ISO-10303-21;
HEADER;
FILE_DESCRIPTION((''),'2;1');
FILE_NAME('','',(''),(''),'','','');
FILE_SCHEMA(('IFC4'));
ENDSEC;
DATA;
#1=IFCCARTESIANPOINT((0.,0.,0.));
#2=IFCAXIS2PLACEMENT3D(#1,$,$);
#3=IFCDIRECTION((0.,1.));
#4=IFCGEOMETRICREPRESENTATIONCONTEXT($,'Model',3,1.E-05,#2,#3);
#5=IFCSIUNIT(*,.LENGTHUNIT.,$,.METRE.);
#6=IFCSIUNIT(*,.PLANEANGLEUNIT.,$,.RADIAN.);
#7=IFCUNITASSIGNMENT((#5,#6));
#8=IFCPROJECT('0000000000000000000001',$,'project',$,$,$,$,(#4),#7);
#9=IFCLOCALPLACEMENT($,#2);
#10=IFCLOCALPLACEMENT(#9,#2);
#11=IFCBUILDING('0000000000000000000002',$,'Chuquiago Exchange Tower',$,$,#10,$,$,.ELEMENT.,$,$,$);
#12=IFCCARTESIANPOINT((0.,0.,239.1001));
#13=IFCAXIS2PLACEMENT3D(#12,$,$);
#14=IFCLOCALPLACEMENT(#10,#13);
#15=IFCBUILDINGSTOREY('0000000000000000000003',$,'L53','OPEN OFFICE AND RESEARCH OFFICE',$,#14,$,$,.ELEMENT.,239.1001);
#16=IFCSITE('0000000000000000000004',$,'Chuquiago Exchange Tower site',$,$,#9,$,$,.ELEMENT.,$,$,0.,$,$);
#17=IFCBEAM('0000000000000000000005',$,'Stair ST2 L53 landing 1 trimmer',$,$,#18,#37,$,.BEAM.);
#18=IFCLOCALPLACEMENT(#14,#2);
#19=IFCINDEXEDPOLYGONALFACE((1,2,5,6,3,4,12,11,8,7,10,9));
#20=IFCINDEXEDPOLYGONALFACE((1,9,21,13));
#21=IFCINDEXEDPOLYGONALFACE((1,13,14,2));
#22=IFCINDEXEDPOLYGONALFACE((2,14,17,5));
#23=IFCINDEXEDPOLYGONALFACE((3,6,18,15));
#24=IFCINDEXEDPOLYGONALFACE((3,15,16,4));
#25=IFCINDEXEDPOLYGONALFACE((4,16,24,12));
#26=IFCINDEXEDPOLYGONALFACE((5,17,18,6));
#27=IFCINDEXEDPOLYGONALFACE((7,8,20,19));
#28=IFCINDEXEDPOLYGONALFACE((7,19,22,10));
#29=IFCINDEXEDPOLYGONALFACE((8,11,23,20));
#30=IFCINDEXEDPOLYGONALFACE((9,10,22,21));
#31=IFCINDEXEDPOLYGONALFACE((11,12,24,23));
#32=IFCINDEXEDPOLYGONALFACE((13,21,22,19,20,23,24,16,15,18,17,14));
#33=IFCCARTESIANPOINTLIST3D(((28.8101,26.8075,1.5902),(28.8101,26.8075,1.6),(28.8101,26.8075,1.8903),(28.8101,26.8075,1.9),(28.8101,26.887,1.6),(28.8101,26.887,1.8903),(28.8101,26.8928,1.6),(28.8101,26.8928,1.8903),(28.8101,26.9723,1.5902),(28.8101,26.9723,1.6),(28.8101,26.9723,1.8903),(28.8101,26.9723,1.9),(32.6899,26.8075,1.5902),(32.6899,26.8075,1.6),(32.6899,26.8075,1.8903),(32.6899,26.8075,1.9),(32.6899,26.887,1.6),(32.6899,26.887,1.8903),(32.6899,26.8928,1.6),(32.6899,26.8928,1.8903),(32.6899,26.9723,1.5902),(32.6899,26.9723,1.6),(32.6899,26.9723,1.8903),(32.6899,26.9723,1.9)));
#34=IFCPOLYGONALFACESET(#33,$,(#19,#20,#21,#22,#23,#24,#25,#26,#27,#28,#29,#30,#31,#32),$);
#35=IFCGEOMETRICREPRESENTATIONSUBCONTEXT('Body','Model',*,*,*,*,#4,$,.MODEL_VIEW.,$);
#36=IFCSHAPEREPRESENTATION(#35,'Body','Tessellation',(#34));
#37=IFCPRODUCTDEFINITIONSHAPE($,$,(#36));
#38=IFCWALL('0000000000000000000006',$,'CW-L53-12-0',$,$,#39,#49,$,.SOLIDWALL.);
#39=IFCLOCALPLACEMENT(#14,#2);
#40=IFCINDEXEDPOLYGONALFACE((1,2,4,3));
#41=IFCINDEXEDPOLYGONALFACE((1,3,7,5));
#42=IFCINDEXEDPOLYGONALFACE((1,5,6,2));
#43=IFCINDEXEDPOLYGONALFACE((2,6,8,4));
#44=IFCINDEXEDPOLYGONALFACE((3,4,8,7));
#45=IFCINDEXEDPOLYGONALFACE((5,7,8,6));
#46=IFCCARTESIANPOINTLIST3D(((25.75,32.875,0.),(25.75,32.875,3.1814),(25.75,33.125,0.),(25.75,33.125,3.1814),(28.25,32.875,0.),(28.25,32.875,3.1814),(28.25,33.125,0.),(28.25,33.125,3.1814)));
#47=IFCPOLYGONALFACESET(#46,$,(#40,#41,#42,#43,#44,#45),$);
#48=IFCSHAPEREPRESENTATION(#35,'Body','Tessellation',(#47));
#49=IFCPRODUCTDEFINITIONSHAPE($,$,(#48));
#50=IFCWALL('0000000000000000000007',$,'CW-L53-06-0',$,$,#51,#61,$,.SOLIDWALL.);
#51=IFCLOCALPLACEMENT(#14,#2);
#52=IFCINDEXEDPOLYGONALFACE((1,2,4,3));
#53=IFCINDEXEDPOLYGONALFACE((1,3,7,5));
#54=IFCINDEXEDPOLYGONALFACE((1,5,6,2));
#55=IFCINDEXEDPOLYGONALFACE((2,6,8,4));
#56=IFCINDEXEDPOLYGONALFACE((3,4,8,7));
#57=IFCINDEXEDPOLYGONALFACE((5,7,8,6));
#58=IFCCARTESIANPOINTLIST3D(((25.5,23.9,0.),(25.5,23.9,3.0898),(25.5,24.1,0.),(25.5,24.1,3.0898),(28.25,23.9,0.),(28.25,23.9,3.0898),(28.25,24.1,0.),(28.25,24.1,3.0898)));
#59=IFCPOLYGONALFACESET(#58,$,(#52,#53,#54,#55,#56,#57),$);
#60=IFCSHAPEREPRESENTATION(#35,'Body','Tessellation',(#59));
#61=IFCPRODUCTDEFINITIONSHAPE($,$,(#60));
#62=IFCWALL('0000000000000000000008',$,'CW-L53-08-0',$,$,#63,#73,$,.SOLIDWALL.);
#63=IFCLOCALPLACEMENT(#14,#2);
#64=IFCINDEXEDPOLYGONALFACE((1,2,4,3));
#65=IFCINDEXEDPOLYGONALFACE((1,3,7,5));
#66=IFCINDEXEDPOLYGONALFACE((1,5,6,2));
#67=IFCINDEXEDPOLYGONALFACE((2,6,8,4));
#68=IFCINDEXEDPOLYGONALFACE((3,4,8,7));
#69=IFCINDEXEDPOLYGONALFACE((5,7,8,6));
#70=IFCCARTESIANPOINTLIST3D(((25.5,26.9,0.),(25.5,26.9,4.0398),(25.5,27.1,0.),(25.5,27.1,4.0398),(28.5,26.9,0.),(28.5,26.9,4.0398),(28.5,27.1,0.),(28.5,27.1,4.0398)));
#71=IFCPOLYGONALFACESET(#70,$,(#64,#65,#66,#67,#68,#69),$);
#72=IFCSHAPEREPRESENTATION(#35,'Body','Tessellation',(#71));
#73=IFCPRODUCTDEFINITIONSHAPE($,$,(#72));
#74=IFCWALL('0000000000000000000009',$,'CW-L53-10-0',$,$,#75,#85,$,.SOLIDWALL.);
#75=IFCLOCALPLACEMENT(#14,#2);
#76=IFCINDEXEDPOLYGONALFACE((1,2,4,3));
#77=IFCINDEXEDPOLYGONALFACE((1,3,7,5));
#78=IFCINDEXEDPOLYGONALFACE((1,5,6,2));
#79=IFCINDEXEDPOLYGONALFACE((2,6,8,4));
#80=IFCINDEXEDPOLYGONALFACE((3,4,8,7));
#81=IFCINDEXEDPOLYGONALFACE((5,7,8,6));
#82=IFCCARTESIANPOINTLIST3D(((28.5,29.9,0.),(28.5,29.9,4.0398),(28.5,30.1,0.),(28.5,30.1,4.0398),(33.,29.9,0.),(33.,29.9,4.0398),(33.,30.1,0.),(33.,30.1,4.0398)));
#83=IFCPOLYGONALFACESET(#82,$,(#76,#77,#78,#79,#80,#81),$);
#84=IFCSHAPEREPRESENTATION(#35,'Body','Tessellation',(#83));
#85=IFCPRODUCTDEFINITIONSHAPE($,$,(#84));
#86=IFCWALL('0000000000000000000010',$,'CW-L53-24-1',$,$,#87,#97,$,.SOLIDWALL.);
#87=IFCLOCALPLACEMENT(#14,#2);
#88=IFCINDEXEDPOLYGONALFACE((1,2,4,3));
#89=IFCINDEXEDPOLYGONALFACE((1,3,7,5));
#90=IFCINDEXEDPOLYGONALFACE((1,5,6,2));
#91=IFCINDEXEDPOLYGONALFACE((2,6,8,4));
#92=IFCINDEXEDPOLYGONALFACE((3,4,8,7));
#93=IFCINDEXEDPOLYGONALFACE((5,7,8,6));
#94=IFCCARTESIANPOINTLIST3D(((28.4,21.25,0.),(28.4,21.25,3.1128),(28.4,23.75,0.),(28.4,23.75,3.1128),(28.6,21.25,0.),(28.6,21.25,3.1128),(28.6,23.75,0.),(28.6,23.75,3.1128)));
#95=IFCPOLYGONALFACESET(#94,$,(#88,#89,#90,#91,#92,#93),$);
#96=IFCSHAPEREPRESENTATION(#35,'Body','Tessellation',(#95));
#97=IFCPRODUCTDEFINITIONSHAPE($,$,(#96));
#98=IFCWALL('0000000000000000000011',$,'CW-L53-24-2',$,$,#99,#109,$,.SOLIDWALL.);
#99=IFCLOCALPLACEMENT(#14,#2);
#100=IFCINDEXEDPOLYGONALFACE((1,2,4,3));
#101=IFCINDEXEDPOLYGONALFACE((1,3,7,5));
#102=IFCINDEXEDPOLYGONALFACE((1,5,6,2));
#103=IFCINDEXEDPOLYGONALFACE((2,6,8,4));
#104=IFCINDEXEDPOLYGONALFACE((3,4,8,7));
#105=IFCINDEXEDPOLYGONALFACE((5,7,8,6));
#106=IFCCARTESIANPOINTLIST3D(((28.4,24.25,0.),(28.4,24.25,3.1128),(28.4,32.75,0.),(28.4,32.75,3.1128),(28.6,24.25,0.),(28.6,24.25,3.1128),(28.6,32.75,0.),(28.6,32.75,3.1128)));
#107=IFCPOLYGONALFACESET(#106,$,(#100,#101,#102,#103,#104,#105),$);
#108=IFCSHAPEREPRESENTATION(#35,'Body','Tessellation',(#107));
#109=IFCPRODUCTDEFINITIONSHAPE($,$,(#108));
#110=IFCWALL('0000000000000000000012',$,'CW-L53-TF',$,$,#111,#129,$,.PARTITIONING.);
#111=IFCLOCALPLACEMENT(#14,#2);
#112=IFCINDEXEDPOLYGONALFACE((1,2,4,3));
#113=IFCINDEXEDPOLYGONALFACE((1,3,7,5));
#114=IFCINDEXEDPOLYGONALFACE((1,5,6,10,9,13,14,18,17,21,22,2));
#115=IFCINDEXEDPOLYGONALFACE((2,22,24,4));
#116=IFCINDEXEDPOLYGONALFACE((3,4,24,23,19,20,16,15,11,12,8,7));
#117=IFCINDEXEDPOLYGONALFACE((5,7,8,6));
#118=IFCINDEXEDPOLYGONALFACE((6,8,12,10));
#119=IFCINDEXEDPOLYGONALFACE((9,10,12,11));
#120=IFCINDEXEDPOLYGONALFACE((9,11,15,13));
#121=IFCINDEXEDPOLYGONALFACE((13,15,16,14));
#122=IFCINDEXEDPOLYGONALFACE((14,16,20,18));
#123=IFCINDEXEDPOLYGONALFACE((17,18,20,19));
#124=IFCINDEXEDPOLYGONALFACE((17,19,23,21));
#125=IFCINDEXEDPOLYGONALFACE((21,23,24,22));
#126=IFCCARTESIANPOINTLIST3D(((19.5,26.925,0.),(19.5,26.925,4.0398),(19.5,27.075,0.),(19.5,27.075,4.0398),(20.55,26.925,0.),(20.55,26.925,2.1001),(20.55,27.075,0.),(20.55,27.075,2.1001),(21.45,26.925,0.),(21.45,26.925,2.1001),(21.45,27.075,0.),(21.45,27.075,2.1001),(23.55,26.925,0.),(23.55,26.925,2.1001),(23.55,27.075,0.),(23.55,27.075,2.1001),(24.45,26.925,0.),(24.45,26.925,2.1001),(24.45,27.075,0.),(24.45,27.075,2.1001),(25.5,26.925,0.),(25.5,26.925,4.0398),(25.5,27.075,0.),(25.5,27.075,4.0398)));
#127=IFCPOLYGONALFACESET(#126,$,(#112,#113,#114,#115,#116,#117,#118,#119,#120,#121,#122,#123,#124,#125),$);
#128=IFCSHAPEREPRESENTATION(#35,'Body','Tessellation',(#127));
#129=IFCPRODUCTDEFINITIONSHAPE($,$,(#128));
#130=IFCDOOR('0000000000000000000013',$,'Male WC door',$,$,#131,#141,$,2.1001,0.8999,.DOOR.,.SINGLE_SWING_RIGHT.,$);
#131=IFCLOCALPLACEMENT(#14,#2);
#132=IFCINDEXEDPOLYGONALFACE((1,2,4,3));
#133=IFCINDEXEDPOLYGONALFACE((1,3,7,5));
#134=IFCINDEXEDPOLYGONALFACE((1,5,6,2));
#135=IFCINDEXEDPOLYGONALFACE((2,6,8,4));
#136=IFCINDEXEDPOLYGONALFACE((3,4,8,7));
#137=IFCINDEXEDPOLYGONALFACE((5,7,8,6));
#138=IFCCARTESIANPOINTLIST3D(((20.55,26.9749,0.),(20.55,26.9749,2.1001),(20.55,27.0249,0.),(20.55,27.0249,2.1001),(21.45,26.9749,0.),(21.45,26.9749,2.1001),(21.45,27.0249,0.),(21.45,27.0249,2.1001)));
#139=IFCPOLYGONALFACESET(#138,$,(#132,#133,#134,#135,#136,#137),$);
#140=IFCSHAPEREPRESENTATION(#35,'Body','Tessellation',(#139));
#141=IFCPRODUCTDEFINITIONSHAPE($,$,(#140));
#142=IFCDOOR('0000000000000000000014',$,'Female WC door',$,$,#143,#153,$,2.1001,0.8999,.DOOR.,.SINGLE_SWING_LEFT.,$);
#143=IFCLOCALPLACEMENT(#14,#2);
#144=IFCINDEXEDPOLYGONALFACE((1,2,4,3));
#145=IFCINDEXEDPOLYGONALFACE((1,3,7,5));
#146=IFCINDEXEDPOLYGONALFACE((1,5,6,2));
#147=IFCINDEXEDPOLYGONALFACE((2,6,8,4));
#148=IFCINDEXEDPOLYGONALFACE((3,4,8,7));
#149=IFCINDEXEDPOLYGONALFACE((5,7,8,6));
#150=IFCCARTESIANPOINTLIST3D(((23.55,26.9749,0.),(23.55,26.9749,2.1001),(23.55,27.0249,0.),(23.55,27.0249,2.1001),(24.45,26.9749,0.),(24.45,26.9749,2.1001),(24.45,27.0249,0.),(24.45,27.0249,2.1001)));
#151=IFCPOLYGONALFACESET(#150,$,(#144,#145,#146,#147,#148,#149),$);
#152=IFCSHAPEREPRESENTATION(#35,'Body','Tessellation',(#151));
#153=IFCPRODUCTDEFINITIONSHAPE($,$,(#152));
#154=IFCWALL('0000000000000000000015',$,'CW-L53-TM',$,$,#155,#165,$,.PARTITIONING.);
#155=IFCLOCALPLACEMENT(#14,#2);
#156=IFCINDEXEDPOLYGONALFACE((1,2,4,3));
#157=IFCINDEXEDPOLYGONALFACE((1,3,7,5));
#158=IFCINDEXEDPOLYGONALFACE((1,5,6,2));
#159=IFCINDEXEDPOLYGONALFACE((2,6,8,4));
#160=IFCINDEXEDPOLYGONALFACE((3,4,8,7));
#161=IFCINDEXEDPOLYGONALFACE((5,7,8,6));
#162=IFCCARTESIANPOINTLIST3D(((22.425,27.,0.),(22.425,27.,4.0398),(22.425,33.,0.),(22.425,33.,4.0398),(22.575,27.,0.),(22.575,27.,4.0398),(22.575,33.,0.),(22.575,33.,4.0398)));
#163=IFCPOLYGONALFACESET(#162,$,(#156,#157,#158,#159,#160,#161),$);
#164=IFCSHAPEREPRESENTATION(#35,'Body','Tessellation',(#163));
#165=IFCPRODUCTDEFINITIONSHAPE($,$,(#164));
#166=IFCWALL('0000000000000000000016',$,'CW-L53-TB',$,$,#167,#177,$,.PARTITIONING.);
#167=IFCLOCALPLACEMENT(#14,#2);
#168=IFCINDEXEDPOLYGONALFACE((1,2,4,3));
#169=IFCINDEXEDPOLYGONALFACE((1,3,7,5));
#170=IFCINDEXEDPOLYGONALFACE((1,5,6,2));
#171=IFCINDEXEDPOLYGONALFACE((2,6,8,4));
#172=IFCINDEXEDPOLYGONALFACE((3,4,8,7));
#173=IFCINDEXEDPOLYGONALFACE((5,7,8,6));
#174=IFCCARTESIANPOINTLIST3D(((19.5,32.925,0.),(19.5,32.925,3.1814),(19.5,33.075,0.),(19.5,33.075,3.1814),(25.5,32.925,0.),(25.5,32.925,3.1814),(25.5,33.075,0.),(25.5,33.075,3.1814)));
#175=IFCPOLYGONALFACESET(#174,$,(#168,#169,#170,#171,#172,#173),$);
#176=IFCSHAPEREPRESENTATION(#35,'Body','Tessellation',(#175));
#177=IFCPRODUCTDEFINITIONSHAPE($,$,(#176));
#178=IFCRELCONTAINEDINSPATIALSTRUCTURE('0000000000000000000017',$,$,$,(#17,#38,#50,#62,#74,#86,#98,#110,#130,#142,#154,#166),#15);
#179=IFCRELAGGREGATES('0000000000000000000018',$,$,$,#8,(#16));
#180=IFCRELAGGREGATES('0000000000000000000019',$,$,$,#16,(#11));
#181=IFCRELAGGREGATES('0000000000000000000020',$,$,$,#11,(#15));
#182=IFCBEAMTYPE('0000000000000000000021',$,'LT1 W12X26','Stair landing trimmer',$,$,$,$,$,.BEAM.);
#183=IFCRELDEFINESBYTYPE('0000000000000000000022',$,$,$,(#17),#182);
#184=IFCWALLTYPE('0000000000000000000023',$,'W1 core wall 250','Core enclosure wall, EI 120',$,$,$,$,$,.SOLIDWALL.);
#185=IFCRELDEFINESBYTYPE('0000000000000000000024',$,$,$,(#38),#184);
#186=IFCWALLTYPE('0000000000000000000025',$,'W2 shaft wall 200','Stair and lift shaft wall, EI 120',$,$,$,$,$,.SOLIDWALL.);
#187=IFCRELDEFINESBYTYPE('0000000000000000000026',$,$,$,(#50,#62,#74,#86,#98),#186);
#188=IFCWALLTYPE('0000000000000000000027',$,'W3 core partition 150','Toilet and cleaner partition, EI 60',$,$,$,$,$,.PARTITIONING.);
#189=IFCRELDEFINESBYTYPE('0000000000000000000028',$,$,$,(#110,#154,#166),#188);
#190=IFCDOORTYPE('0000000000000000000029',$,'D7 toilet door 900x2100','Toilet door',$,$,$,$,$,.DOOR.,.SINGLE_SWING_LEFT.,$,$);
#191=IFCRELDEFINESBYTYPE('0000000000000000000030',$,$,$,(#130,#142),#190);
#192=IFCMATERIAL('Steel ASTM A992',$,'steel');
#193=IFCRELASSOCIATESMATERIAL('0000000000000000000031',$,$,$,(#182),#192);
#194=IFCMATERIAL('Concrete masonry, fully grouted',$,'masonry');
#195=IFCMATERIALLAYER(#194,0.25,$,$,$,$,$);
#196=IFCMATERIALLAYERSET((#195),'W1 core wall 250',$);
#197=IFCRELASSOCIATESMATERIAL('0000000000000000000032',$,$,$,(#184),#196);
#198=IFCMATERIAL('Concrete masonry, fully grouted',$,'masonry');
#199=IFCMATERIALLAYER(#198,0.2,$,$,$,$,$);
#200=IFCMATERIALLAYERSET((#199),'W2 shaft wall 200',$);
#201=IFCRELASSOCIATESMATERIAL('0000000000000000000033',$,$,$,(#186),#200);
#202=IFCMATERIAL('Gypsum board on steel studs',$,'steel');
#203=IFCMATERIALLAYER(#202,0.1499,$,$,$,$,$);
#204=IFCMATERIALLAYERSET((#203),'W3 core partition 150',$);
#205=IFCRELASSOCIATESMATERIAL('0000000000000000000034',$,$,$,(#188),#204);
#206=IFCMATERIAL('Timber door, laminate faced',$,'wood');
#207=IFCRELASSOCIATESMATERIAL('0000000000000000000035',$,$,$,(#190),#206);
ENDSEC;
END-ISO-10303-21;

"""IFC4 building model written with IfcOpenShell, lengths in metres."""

from ifc_helpers import new_model, si_unit, direction, frame, frame_2d, origin, origin_2d, place, context, subcontext, project, spatial, rectangle, i_section, extrude, material, layer, layer_set, material_profile, profile_set, type_object, element, fill, save


model = new_model("IFC4")

# Units and contexts
model_context = context("Model", 3, precision=1e-05, world=origin(), true_north=direction((0.0, 1.0)))
body_context = subcontext(model_context, "Body", "Model", "MODEL_VIEW")
ifc_project = project(units=[si_unit("LENGTHUNIT", "METRE"), si_unit("PLANEANGLEUNIT", "RADIAN")], contexts=[model_context])

# Site, building, storey
site_placement = place(None, origin())
site = spatial("IfcSite", under=ifc_project, at=site_placement, Name="Chuquiago Exchange Tower site", CompositionType="ELEMENT", RefElevation=0.0)
building_placement = place(site_placement, origin())
building = spatial("IfcBuilding", under=site, at=building_placement, Name="Chuquiago Exchange Tower", CompositionType="ELEMENT")
storey_placement = place(building_placement, frame((0.0, 0.0, 239.1001)))
storey = spatial("IfcBuildingStorey", under=building, at=storey_placement, Name="L53", Description="OPEN OFFICE AND RESEARCH OFFICE", CompositionType="ELEMENT", Elevation=239.1001)

# Beam
ifc_material_1 = material(Name="Steel ASTM A992", Category="steel")
ifc_material_profile_1 = material_profile(ifc_material_1, i_section(OverallWidth=0.1648, OverallDepth=0.3098, WebThickness=0.0059, FlangeThickness=0.0098, at=origin_2d()), Name="W12X26")
ifc_profile_set_1 = profile_set([ifc_material_profile_1], Name="Steel ASTM A992")
beam_type_1 = type_object("IfcBeamType", Name="LT1 W12X26", Description="Stair landing trimmer", PredefinedType="BEAM", material=ifc_profile_set_1)
for number, where, z_axis, x_axis, name in (
    (1, (28.8101, 26.8899, 1.7451), (1.0, 0.0, 0.0), (0.0, 1.0, 0.0), "Stair ST2 L53 landing 1 trimmer"),
):
    element("IfcBeam", number, at=place(storey_placement, frame(where, z_axis=z_axis, x_axis=x_axis)), inside=storey, type_object=beam_type_1, Name=name, PredefinedType="BEAM", context=body_context, shape_type="SweptSolid", body=[
        extrude(i_section(OverallWidth=0.1648, OverallDepth=0.3098, WebThickness=0.0059, FlangeThickness=0.0098, at=origin_2d()), origin(), (0.0, 0.0, 1.0), 3.8799),
    ])

# Walls
ifc_material_2 = material(Name="Concrete masonry, fully grouted", Category="masonry")
ifc_layer_1 = layer(ifc_material_2, 0.25)
ifc_layer_set_1 = layer_set([ifc_layer_1], Name="W1 core wall 250")
wall_type_1 = type_object("IfcWallType", Name="W1 core wall 250", Description="Core enclosure wall, EI 120", PredefinedType="SOLIDWALL", material=ifc_layer_set_1)
wall_1_placement = place(storey_placement, frame((25.75, 33.0, 0.0), z_axis=(0.0, 0.0, 1.0), x_axis=(1.0, 0.0, 0.0)))
element("IfcWall", 2, at=wall_1_placement, inside=storey, type_object=wall_type_1, Name="CW-L53-12-0", PredefinedType="SOLIDWALL", context=body_context, shape_type="SweptSolid", body=[
    extrude(rectangle(XDim=2.5, YDim=0.25, at=frame_2d((1.25, 0.0))), origin(), (0.0, 0.0, 1.0), 3.1814),
])
ifc_material_3 = material(Name="Concrete masonry, fully grouted", Category="masonry")
ifc_layer_2 = layer(ifc_material_3, 0.2)
ifc_layer_set_2 = layer_set([ifc_layer_2], Name="W2 shaft wall 200")
wall_type_2 = type_object("IfcWallType", Name="W2 shaft wall 200", Description="Stair and lift shaft wall, EI 120", PredefinedType="SOLIDWALL", material=ifc_layer_set_2)
wall_2_placement = place(storey_placement, frame((25.5, 24.0, 0.0), z_axis=(0.0, 0.0, 1.0), x_axis=(1.0, 0.0, 0.0)))
element("IfcWall", 3, at=wall_2_placement, inside=storey, type_object=wall_type_2, Name="CW-L53-06-0", PredefinedType="SOLIDWALL", context=body_context, shape_type="SweptSolid", body=[
    extrude(rectangle(XDim=2.75, YDim=0.2, at=frame_2d((1.375, 0.0))), origin(), (0.0, 0.0, 1.0), 3.0898),
])
wall_3_placement = place(storey_placement, frame((25.5, 27.0, 0.0), z_axis=(0.0, 0.0, 1.0), x_axis=(1.0, 0.0, 0.0)))
element("IfcWall", 4, at=wall_3_placement, inside=storey, type_object=wall_type_2, Name="CW-L53-08-0", PredefinedType="SOLIDWALL", context=body_context, shape_type="SweptSolid", body=[
    extrude(rectangle(XDim=3.0, YDim=0.2, at=frame_2d((1.5, 0.0))), origin(), (0.0, 0.0, 1.0), 4.0398),
])
wall_4_placement = place(storey_placement, frame((28.5, 30.0, 0.0), z_axis=(0.0, 0.0, 1.0), x_axis=(1.0, 0.0, 0.0)))
element("IfcWall", 5, at=wall_4_placement, inside=storey, type_object=wall_type_2, Name="CW-L53-10-0", PredefinedType="SOLIDWALL", context=body_context, shape_type="SweptSolid", body=[
    extrude(rectangle(XDim=4.5, YDim=0.2, at=frame_2d((2.25, 0.0))), origin(), (0.0, 0.0, 1.0), 4.0398),
])
wall_5_placement = place(storey_placement, frame((28.5, 21.25, 0.0), z_axis=(0.0, 0.0, 1.0), x_axis=(0.0, 1.0, 0.0)))
element("IfcWall", 6, at=wall_5_placement, inside=storey, type_object=wall_type_2, Name="CW-L53-24-1", PredefinedType="SOLIDWALL", context=body_context, shape_type="SweptSolid", body=[
    extrude(rectangle(XDim=2.5, YDim=0.2, at=frame_2d((1.25, 0.0))), origin(), (0.0, 0.0, 1.0), 3.1128),
])
wall_6_placement = place(storey_placement, frame((28.5, 24.25, 0.0), z_axis=(0.0, 0.0, 1.0), x_axis=(0.0, 1.0, 0.0)))
element("IfcWall", 7, at=wall_6_placement, inside=storey, type_object=wall_type_2, Name="CW-L53-24-2", PredefinedType="SOLIDWALL", context=body_context, shape_type="SweptSolid", body=[
    extrude(rectangle(XDim=8.5, YDim=0.2, at=frame_2d((4.25, 0.0))), origin(), (0.0, 0.0, 1.0), 3.1128),
])

# Wall, openings, doors
ifc_material_4 = material(Name="Gypsum board on steel studs", Category="steel")
ifc_layer_3 = layer(ifc_material_4, 0.1499)
ifc_layer_set_3 = layer_set([ifc_layer_3], Name="W3 core partition 150")
wall_type_3 = type_object("IfcWallType", Name="W3 core partition 150", Description="Toilet and cleaner partition, EI 60", PredefinedType="PARTITIONING", material=ifc_layer_set_3)
wall_7_placement = place(storey_placement, frame((19.5, 27.0, 0.0), z_axis=(0.0, 0.0, 1.0), x_axis=(1.0, 0.0, 0.0)))
wall_7 = element("IfcWall", 8, at=wall_7_placement, inside=storey, type_object=wall_type_3, Name="CW-L53-TF", PredefinedType="PARTITIONING", context=body_context, shape_type="SweptSolid", body=[
    extrude(rectangle(XDim=6.0, YDim=0.1499, at=frame_2d((3.0, 0.0))), origin(), (0.0, 0.0, 1.0), 4.0398),
])
opening_1_placement = place(wall_7_placement, frame((1.05, 0.0, 0.0)))
opening_1 = element("IfcOpeningElement", 9, at=opening_1_placement, cuts=wall_7, PredefinedType="OPENING", context=body_context, shape_type="SweptSolid", body=[
    extrude(rectangle(XDim=0.8999, YDim=2.1001, at=frame_2d((0.45, 1.05))), frame((0.0, 0.085, 0.0), z_axis=(0.0, -1.0, 0.0), x_axis=(1.0, 0.0, 0.0)), (0.0, 0.0, 1.0), 0.1699),
])
opening_2_placement = place(wall_7_placement, frame((4.05, 0.0, 0.0)))
opening_2 = element("IfcOpeningElement", 10, at=opening_2_placement, cuts=wall_7, PredefinedType="OPENING", context=body_context, shape_type="SweptSolid", body=[
    extrude(rectangle(XDim=0.8999, YDim=2.1001, at=frame_2d((0.45, 1.05))), frame((0.0, 0.085, 0.0), z_axis=(0.0, -1.0, 0.0), x_axis=(1.0, 0.0, 0.0)), (0.0, 0.0, 1.0), 0.1699),
])
ifc_material_5 = material(Name="Timber door, laminate faced", Category="wood")
door_type = type_object("IfcDoorType", Name="D7 toilet door 900x2100", Description="Toilet door", OperationType="SINGLE_SWING_LEFT", PredefinedType="DOOR", material=ifc_material_5)
door_1_placement = place(opening_1_placement, origin())
door_1 = element("IfcDoor", 11, at=door_1_placement, inside=storey, type_object=door_type, Name="Male WC door", OperationType="SINGLE_SWING_RIGHT", OverallHeight=2.1001, OverallWidth=0.8999, PredefinedType="DOOR", context=body_context, shape_type="SweptSolid", body=[
    extrude(rectangle(XDim=0.8999, YDim=2.1001, at=frame_2d((0.45, 1.05))), frame((0.0, 0.0249, 0.0), z_axis=(0.0, -1.0, 0.0), x_axis=(1.0, 0.0, 0.0)), (0.0, 0.0, 1.0), 0.05),
])
fill(opening_1, door_1)
door_2_placement = place(opening_2_placement, origin())
door_2 = element("IfcDoor", 12, at=door_2_placement, inside=storey, type_object=door_type, Name="Female WC door", OperationType="SINGLE_SWING_LEFT", OverallHeight=2.1001, OverallWidth=0.8999, PredefinedType="DOOR", context=body_context, shape_type="SweptSolid", body=[
    extrude(rectangle(XDim=0.8999, YDim=2.1001, at=frame_2d((0.45, 1.05))), frame((0.0, 0.0249, 0.0), z_axis=(0.0, -1.0, 0.0), x_axis=(1.0, 0.0, 0.0)), (0.0, 0.0, 1.0), 0.05),
])
fill(opening_2, door_2)

# Walls
wall_8_placement = place(storey_placement, frame((22.5, 27.0, 0.0), z_axis=(0.0, 0.0, 1.0), x_axis=(0.0, 1.0, 0.0)))
element("IfcWall", 13, at=wall_8_placement, inside=storey, type_object=wall_type_3, Name="CW-L53-TM", PredefinedType="PARTITIONING", context=body_context, shape_type="SweptSolid", body=[
    extrude(rectangle(XDim=6.0, YDim=0.1499, at=frame_2d((3.0, 0.0))), origin(), (0.0, 0.0, 1.0), 4.0398),
])
wall_9_placement = place(storey_placement, frame((19.5, 33.0, 0.0), z_axis=(0.0, 0.0, 1.0), x_axis=(1.0, 0.0, 0.0)))
element("IfcWall", 14, at=wall_9_placement, inside=storey, type_object=wall_type_3, Name="CW-L53-TB", PredefinedType="PARTITIONING", context=body_context, shape_type="SweptSolid", body=[
    extrude(rectangle(XDim=6.0, YDim=0.1499, at=frame_2d((3.0, 0.0))), origin(), (0.0, 0.0, 1.0), 3.1814),
])

save(model, "model.ifc")
